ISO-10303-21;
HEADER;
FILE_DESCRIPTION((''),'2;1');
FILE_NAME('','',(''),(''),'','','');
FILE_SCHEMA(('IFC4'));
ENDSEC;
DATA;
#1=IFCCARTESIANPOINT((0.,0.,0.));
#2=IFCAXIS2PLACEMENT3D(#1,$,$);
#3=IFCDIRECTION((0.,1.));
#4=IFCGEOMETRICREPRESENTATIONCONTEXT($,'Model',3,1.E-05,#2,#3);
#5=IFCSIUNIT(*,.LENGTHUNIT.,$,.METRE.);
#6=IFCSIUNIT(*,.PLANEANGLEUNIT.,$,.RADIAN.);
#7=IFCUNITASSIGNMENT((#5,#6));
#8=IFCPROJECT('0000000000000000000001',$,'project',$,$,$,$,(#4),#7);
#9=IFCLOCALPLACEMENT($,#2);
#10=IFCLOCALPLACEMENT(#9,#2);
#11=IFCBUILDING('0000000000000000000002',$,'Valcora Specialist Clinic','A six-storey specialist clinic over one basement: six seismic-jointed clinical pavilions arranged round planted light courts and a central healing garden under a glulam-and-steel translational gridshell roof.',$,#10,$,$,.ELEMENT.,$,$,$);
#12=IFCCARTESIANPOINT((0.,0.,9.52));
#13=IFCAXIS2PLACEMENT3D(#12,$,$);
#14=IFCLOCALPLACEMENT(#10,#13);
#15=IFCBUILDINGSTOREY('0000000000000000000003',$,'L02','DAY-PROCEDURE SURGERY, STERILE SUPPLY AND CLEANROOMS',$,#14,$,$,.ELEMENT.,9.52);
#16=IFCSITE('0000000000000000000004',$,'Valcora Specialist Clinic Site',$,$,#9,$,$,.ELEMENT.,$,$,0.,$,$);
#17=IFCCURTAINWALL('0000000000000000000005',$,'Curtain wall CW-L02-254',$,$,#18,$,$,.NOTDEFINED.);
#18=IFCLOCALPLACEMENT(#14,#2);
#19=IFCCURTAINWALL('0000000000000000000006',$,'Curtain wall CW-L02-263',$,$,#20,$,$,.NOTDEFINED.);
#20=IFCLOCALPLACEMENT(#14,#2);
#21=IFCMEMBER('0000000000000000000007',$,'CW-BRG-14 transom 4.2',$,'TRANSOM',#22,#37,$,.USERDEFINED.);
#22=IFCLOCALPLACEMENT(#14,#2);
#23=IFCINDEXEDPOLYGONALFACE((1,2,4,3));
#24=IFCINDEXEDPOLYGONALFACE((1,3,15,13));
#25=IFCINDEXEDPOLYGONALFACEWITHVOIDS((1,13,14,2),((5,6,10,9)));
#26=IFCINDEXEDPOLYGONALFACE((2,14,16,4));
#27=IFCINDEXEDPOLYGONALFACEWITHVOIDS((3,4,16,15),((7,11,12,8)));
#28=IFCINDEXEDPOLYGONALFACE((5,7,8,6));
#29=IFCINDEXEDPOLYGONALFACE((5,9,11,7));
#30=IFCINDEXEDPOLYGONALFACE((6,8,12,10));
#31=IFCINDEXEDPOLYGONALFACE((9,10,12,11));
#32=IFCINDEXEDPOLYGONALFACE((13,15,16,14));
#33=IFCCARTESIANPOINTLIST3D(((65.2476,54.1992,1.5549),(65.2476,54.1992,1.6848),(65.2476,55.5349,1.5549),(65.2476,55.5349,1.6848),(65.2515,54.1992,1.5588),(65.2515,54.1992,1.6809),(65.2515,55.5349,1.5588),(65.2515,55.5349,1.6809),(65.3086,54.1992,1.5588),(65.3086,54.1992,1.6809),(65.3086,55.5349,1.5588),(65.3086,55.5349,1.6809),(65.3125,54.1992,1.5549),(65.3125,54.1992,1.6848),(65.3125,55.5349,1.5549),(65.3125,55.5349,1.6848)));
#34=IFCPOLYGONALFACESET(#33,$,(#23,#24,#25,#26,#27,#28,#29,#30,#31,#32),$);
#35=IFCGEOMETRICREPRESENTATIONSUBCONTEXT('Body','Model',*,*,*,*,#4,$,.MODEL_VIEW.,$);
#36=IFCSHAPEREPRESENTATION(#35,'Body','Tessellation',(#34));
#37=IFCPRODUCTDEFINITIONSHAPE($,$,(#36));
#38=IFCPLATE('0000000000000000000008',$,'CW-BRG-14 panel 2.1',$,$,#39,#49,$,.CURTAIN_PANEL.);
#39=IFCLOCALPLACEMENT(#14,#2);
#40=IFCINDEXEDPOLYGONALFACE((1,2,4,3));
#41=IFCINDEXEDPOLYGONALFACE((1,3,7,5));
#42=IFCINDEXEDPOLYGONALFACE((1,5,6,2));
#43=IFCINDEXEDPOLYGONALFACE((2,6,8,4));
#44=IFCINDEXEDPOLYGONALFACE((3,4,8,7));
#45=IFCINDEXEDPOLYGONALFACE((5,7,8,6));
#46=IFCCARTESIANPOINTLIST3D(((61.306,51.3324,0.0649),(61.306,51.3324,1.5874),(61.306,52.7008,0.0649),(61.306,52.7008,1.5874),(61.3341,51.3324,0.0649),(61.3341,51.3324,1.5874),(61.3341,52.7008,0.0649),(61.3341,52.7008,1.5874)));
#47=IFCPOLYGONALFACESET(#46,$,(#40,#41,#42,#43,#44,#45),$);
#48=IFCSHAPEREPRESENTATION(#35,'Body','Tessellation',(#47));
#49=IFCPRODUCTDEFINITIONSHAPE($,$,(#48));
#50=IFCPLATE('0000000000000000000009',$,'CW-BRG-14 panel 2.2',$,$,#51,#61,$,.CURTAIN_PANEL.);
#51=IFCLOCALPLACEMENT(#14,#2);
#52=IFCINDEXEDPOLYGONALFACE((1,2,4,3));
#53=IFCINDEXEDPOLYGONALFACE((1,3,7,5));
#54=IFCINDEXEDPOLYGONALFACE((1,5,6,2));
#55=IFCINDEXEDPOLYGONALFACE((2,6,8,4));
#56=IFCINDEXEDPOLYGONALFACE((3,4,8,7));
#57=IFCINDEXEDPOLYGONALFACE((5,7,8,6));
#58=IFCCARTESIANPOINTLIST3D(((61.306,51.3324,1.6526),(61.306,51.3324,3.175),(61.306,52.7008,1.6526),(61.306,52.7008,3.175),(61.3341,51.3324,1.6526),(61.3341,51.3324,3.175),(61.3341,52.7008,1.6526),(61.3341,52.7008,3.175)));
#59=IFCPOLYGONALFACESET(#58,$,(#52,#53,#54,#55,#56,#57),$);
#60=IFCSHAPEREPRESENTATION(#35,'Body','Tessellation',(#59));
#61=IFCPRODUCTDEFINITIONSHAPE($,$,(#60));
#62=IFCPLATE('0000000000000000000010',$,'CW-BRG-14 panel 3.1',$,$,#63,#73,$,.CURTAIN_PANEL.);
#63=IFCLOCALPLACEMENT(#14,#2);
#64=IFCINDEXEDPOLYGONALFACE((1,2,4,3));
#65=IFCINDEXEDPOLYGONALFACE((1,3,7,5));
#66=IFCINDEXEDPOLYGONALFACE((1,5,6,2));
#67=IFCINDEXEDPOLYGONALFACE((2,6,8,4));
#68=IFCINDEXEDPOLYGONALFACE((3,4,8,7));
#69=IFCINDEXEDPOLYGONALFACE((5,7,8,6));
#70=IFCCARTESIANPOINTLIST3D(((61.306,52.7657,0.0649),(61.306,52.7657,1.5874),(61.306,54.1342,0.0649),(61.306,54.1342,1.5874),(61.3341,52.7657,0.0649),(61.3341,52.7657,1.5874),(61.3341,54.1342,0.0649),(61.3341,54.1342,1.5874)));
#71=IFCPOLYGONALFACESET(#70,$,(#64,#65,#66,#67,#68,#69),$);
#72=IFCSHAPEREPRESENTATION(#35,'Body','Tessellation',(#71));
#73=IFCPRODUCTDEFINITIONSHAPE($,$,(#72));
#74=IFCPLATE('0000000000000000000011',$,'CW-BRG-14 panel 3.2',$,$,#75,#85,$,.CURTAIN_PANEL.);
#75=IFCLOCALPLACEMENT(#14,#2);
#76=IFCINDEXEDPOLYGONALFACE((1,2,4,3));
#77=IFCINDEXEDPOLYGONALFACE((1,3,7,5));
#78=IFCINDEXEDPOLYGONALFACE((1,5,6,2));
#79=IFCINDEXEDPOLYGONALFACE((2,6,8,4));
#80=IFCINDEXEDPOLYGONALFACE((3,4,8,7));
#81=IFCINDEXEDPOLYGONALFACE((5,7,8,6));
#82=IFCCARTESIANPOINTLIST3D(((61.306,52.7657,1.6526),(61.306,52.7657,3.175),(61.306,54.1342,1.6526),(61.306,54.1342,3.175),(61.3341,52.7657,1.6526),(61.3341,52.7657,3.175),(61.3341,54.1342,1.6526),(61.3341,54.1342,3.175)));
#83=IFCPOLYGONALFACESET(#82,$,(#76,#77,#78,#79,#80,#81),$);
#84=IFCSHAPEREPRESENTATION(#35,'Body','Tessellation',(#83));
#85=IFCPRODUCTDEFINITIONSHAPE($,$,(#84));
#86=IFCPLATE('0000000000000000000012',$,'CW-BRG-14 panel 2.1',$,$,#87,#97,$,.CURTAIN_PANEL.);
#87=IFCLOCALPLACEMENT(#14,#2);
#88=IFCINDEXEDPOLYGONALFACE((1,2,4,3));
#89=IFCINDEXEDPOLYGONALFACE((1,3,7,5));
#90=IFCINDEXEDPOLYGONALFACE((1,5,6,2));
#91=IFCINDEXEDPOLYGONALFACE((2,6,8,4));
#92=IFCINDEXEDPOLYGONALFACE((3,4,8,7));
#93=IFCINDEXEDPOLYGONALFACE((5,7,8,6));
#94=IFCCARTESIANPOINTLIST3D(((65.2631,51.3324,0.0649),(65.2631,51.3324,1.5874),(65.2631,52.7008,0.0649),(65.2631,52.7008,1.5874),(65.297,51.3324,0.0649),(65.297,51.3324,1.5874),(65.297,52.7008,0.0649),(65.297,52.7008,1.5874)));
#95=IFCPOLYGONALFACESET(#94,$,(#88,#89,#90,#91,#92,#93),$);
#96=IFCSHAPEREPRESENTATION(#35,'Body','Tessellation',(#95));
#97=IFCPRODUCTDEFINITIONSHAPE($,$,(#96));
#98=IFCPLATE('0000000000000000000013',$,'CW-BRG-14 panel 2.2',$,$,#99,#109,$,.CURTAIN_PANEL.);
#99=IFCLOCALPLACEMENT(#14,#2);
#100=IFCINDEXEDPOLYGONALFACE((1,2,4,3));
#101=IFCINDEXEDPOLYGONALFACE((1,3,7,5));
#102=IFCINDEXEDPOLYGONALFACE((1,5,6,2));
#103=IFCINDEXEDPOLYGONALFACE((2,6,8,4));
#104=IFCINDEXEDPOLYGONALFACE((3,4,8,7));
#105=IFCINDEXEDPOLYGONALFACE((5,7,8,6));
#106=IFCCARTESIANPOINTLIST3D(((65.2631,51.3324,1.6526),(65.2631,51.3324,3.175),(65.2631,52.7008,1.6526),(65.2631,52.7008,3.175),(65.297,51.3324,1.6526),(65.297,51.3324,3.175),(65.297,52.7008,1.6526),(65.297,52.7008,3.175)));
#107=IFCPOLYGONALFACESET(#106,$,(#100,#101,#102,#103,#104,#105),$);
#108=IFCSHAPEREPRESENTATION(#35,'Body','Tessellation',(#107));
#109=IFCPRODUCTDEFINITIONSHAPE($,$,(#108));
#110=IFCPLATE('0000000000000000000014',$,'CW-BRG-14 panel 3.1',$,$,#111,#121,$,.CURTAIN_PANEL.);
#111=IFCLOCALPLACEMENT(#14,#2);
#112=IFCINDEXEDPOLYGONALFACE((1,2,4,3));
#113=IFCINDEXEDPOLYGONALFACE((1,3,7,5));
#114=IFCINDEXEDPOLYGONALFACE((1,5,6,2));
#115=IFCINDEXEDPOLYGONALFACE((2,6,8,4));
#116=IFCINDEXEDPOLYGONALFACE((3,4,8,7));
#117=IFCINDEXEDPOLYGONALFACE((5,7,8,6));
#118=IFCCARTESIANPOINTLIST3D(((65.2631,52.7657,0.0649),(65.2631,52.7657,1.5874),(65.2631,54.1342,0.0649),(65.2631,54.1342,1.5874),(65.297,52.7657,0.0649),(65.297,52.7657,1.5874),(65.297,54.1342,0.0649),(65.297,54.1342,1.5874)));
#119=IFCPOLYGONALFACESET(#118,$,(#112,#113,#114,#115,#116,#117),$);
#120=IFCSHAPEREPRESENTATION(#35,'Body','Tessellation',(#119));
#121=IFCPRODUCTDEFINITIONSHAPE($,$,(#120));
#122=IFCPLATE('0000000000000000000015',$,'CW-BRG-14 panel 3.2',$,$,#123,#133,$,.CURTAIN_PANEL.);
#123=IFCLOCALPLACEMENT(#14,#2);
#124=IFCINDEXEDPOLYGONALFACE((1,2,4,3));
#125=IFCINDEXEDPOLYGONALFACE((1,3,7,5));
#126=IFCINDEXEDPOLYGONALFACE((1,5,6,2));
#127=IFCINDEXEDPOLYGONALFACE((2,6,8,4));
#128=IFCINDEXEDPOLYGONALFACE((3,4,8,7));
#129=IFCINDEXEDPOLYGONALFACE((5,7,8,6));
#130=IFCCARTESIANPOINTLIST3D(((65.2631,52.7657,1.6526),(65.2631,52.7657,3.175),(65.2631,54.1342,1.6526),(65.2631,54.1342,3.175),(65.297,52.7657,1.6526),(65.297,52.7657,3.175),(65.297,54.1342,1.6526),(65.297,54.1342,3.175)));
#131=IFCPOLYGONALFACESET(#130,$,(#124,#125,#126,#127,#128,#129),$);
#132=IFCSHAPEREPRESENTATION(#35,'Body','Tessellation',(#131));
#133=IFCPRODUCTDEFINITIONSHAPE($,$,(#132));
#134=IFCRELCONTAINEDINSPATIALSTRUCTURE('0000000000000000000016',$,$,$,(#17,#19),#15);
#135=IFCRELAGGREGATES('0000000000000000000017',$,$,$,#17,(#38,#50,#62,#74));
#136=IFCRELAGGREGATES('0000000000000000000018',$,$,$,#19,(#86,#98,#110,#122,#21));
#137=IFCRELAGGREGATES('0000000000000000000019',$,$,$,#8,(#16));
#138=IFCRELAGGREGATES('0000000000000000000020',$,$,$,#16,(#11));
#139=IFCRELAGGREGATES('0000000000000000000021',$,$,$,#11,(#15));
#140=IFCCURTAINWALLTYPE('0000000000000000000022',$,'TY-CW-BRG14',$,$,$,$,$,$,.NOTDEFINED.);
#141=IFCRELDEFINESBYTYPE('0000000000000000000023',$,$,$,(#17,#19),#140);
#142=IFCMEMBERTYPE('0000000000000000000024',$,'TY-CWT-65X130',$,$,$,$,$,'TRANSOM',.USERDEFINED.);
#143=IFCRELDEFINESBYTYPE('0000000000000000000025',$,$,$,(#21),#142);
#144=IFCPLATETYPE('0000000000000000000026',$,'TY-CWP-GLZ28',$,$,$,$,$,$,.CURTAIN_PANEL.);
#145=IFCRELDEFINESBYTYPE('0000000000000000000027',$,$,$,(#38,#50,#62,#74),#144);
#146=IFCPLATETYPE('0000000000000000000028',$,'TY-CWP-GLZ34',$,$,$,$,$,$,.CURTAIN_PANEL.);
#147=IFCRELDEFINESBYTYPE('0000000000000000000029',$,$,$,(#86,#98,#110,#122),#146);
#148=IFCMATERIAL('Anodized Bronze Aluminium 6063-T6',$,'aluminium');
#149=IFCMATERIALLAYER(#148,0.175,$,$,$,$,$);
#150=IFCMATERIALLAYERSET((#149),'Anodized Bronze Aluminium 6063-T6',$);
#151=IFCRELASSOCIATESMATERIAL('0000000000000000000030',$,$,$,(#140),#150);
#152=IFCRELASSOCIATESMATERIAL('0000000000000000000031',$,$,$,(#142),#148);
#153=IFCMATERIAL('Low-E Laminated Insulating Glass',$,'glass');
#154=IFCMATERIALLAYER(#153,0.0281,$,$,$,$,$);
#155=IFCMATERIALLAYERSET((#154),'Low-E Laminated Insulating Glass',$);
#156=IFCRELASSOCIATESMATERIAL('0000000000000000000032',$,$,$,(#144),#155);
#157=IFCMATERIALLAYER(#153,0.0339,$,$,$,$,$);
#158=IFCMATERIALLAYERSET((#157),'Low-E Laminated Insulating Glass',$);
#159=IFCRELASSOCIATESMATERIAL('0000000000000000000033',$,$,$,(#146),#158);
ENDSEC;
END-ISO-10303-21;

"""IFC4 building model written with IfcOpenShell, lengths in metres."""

from ifc_helpers import new_model, si_unit, direction, frame, origin, origin_2d, place, context, subcontext, project, spatial, rectangle, hollow_rectangle, extrude, material, layer, layer_set, material_profile, profile_set, type_object, element, aggregate, save


model = new_model("IFC4")

# Units and contexts
model_context = context("Model", 3, precision=1e-05, world=origin(), true_north=direction((0.0, 1.0)))
body_context = subcontext(model_context, "Body", "Model", "MODEL_VIEW")
ifc_project = project(units=[si_unit("LENGTHUNIT", "METRE"), si_unit("PLANEANGLEUNIT", "RADIAN")], contexts=[model_context])

# Site, building, storey
site_placement = place(None, origin())
site = spatial("IfcSite", under=ifc_project, at=site_placement, Name="Valcora Specialist Clinic Site", CompositionType="ELEMENT", RefElevation=0.0)
building_placement = place(site_placement, origin())
building = spatial("IfcBuilding", under=site, at=building_placement, Name="Valcora Specialist Clinic", Description="A six-storey specialist clinic over one basement: six seismic-jointed clinical pavilions arranged round planted light courts and a central healing garden under a glulam-and-steel translational gridshell roof.", CompositionType="ELEMENT")
storey_placement = place(building_placement, frame((0.0, 0.0, 9.52)))
storey = spatial("IfcBuildingStorey", under=building, at=storey_placement, Name="L02", Description="DAY-PROCEDURE SURGERY, STERILE SUPPLY AND CLEANROOMS", CompositionType="ELEMENT", Elevation=9.52)

# Curtain walls
ifc_material_1 = material(Name="Anodized Bronze Aluminium 6063-T6", Category="aluminium")
ifc_layer_1 = layer(ifc_material_1, 0.175)
ifc_layer_set_1 = layer_set([ifc_layer_1], Name="Anodized Bronze Aluminium 6063-T6")
curtain_wall_type = type_object("IfcCurtainWallType", Name="TY-CW-BRG14", PredefinedType="NOTDEFINED", material=ifc_layer_set_1)
curtain_wall_1_placement = place(storey_placement, origin())
curtain_wall_1 = element("IfcCurtainWall", 1, at=curtain_wall_1_placement, inside=storey, type_object=curtain_wall_type, Name="Curtain wall CW-L02-254", PredefinedType="NOTDEFINED")
curtain_wall_2_placement = place(storey_placement, origin())
curtain_wall_2 = element("IfcCurtainWall", 2, at=curtain_wall_2_placement, inside=storey, type_object=curtain_wall_type, Name="Curtain wall CW-L02-263", PredefinedType="NOTDEFINED")

# Member
ifc_material_profile_1 = material_profile(ifc_material_1, hollow_rectangle(XDim=0.0649, YDim=0.1299, WallThickness=0.0039, at=origin_2d()), Name="AL-TRN-65X130")
ifc_profile_set_1 = profile_set([ifc_material_profile_1], Name="Anodized Bronze Aluminium 6063-T6")
member_type_1 = type_object("IfcMemberType", Name="TY-CWT-65X130", ElementType="TRANSOM", PredefinedType="USERDEFINED", material=ifc_profile_set_1)
member_1_placement = place(storey_placement, frame((65.28, 54.1992, 1.6199), z_axis=(0.0, 1.0, 0.0), x_axis=(-1.0, 0.0, 0.0)))
member_1 = element("IfcMember", 3, at=member_1_placement, type_object=member_type_1, Name="CW-BRG-14 transom 4.2", ObjectType="TRANSOM", PredefinedType="USERDEFINED", context=body_context, shape_type="SweptSolid", body=[
    extrude(hollow_rectangle(XDim=0.0649, YDim=0.1299, WallThickness=0.0039, at=origin_2d()), origin(), (0.0, 0.0, 1.0), 1.3357),
])

# Plates
ifc_material_2 = material(Name="Low-E Laminated Insulating Glass", Category="glass")
ifc_layer_2 = layer(ifc_material_2, 0.0281)
ifc_layer_set_2 = layer_set([ifc_layer_2], Name="Low-E Laminated Insulating Glass")
plate_type_1 = type_object("IfcPlateType", Name="TY-CWP-GLZ28", PredefinedType="CURTAIN_PANEL", material=ifc_layer_set_2)
plate_1_placement = place(storey_placement, frame((61.3201, 52.0166, 0.0649), z_axis=(0.0, 0.0, 1.0), x_axis=(0.0, 1.0, 0.0)))
plate_1 = element("IfcPlate", 4, at=plate_1_placement, type_object=plate_type_1, Name="CW-BRG-14 panel 2.1", PredefinedType="CURTAIN_PANEL", context=body_context, shape_type="SweptSolid", body=[
    extrude(rectangle(XDim=1.3684, YDim=0.0281, at=origin_2d()), origin(), (0.0, 0.0, 1.0), 1.5225),
])
plate_2_placement = place(storey_placement, frame((61.3201, 52.0166, 1.6526), z_axis=(0.0, 0.0, 1.0), x_axis=(0.0, 1.0, 0.0)))
plate_2 = element("IfcPlate", 5, at=plate_2_placement, type_object=plate_type_1, Name="CW-BRG-14 panel 2.2", PredefinedType="CURTAIN_PANEL", context=body_context, shape_type="SweptSolid", body=[
    extrude(rectangle(XDim=1.3684, YDim=0.0281, at=origin_2d()), origin(), (0.0, 0.0, 1.0), 1.5225),
])
plate_3_placement = place(storey_placement, frame((61.3201, 53.45, 0.0649), z_axis=(0.0, 0.0, 1.0), x_axis=(0.0, 1.0, 0.0)))
plate_3 = element("IfcPlate", 6, at=plate_3_placement, type_object=plate_type_1, Name="CW-BRG-14 panel 3.1", PredefinedType="CURTAIN_PANEL", context=body_context, shape_type="SweptSolid", body=[
    extrude(rectangle(XDim=1.3684, YDim=0.0281, at=origin_2d()), origin(), (0.0, 0.0, 1.0), 1.5225),
])
plate_4_placement = place(storey_placement, frame((61.3201, 53.45, 1.6526), z_axis=(0.0, 0.0, 1.0), x_axis=(0.0, 1.0, 0.0)))
plate_4 = element("IfcPlate", 7, at=plate_4_placement, type_object=plate_type_1, Name="CW-BRG-14 panel 3.2", PredefinedType="CURTAIN_PANEL", context=body_context, shape_type="SweptSolid", body=[
    extrude(rectangle(XDim=1.3684, YDim=0.0281, at=origin_2d()), origin(), (0.0, 0.0, 1.0), 1.5225),
])
aggregate(curtain_wall_1, [plate_1, plate_2, plate_3, plate_4])
ifc_layer_3 = layer(ifc_material_2, 0.0339)
ifc_layer_set_3 = layer_set([ifc_layer_3], Name="Low-E Laminated Insulating Glass")
plate_type_2 = type_object("IfcPlateType", Name="TY-CWP-GLZ34", PredefinedType="CURTAIN_PANEL", material=ifc_layer_set_3)
plate_5_placement = place(storey_placement, frame((65.28, 52.0166, 0.0649), z_axis=(0.0, 0.0, 1.0), x_axis=(0.0, 1.0, 0.0)))
plate_5 = element("IfcPlate", 8, at=plate_5_placement, type_object=plate_type_2, Name="CW-BRG-14 panel 2.1", PredefinedType="CURTAIN_PANEL", context=body_context, shape_type="SweptSolid", body=[
    extrude(rectangle(XDim=1.3684, YDim=0.0339, at=origin_2d()), origin(), (0.0, 0.0, 1.0), 1.5225),
])
plate_6_placement = place(storey_placement, frame((65.28, 52.0166, 1.6526), z_axis=(0.0, 0.0, 1.0), x_axis=(0.0, 1.0, 0.0)))
plate_6 = element("IfcPlate", 9, at=plate_6_placement, type_object=plate_type_2, Name="CW-BRG-14 panel 2.2", PredefinedType="CURTAIN_PANEL", context=body_context, shape_type="SweptSolid", body=[
    extrude(rectangle(XDim=1.3684, YDim=0.0339, at=origin_2d()), origin(), (0.0, 0.0, 1.0), 1.5225),
])
plate_7_placement = place(storey_placement, frame((65.28, 53.45, 0.0649), z_axis=(0.0, 0.0, 1.0), x_axis=(0.0, 1.0, 0.0)))
plate_7 = element("IfcPlate", 10, at=plate_7_placement, type_object=plate_type_2, Name="CW-BRG-14 panel 3.1", PredefinedType="CURTAIN_PANEL", context=body_context, shape_type="SweptSolid", body=[
    extrude(rectangle(XDim=1.3684, YDim=0.0339, at=origin_2d()), origin(), (0.0, 0.0, 1.0), 1.5225),
])
plate_8_placement = place(storey_placement, frame((65.28, 53.45, 1.6526), z_axis=(0.0, 0.0, 1.0), x_axis=(0.0, 1.0, 0.0)))
plate_8 = element("IfcPlate", 11, at=plate_8_placement, type_object=plate_type_2, Name="CW-BRG-14 panel 3.2", PredefinedType="CURTAIN_PANEL", context=body_context, shape_type="SweptSolid", body=[
    extrude(rectangle(XDim=1.3684, YDim=0.0339, at=origin_2d()), origin(), (0.0, 0.0, 1.0), 1.5225),
])
aggregate(curtain_wall_2, [plate_5, plate_6, plate_7, plate_8, member_1])

save(model, "model.ifc")
